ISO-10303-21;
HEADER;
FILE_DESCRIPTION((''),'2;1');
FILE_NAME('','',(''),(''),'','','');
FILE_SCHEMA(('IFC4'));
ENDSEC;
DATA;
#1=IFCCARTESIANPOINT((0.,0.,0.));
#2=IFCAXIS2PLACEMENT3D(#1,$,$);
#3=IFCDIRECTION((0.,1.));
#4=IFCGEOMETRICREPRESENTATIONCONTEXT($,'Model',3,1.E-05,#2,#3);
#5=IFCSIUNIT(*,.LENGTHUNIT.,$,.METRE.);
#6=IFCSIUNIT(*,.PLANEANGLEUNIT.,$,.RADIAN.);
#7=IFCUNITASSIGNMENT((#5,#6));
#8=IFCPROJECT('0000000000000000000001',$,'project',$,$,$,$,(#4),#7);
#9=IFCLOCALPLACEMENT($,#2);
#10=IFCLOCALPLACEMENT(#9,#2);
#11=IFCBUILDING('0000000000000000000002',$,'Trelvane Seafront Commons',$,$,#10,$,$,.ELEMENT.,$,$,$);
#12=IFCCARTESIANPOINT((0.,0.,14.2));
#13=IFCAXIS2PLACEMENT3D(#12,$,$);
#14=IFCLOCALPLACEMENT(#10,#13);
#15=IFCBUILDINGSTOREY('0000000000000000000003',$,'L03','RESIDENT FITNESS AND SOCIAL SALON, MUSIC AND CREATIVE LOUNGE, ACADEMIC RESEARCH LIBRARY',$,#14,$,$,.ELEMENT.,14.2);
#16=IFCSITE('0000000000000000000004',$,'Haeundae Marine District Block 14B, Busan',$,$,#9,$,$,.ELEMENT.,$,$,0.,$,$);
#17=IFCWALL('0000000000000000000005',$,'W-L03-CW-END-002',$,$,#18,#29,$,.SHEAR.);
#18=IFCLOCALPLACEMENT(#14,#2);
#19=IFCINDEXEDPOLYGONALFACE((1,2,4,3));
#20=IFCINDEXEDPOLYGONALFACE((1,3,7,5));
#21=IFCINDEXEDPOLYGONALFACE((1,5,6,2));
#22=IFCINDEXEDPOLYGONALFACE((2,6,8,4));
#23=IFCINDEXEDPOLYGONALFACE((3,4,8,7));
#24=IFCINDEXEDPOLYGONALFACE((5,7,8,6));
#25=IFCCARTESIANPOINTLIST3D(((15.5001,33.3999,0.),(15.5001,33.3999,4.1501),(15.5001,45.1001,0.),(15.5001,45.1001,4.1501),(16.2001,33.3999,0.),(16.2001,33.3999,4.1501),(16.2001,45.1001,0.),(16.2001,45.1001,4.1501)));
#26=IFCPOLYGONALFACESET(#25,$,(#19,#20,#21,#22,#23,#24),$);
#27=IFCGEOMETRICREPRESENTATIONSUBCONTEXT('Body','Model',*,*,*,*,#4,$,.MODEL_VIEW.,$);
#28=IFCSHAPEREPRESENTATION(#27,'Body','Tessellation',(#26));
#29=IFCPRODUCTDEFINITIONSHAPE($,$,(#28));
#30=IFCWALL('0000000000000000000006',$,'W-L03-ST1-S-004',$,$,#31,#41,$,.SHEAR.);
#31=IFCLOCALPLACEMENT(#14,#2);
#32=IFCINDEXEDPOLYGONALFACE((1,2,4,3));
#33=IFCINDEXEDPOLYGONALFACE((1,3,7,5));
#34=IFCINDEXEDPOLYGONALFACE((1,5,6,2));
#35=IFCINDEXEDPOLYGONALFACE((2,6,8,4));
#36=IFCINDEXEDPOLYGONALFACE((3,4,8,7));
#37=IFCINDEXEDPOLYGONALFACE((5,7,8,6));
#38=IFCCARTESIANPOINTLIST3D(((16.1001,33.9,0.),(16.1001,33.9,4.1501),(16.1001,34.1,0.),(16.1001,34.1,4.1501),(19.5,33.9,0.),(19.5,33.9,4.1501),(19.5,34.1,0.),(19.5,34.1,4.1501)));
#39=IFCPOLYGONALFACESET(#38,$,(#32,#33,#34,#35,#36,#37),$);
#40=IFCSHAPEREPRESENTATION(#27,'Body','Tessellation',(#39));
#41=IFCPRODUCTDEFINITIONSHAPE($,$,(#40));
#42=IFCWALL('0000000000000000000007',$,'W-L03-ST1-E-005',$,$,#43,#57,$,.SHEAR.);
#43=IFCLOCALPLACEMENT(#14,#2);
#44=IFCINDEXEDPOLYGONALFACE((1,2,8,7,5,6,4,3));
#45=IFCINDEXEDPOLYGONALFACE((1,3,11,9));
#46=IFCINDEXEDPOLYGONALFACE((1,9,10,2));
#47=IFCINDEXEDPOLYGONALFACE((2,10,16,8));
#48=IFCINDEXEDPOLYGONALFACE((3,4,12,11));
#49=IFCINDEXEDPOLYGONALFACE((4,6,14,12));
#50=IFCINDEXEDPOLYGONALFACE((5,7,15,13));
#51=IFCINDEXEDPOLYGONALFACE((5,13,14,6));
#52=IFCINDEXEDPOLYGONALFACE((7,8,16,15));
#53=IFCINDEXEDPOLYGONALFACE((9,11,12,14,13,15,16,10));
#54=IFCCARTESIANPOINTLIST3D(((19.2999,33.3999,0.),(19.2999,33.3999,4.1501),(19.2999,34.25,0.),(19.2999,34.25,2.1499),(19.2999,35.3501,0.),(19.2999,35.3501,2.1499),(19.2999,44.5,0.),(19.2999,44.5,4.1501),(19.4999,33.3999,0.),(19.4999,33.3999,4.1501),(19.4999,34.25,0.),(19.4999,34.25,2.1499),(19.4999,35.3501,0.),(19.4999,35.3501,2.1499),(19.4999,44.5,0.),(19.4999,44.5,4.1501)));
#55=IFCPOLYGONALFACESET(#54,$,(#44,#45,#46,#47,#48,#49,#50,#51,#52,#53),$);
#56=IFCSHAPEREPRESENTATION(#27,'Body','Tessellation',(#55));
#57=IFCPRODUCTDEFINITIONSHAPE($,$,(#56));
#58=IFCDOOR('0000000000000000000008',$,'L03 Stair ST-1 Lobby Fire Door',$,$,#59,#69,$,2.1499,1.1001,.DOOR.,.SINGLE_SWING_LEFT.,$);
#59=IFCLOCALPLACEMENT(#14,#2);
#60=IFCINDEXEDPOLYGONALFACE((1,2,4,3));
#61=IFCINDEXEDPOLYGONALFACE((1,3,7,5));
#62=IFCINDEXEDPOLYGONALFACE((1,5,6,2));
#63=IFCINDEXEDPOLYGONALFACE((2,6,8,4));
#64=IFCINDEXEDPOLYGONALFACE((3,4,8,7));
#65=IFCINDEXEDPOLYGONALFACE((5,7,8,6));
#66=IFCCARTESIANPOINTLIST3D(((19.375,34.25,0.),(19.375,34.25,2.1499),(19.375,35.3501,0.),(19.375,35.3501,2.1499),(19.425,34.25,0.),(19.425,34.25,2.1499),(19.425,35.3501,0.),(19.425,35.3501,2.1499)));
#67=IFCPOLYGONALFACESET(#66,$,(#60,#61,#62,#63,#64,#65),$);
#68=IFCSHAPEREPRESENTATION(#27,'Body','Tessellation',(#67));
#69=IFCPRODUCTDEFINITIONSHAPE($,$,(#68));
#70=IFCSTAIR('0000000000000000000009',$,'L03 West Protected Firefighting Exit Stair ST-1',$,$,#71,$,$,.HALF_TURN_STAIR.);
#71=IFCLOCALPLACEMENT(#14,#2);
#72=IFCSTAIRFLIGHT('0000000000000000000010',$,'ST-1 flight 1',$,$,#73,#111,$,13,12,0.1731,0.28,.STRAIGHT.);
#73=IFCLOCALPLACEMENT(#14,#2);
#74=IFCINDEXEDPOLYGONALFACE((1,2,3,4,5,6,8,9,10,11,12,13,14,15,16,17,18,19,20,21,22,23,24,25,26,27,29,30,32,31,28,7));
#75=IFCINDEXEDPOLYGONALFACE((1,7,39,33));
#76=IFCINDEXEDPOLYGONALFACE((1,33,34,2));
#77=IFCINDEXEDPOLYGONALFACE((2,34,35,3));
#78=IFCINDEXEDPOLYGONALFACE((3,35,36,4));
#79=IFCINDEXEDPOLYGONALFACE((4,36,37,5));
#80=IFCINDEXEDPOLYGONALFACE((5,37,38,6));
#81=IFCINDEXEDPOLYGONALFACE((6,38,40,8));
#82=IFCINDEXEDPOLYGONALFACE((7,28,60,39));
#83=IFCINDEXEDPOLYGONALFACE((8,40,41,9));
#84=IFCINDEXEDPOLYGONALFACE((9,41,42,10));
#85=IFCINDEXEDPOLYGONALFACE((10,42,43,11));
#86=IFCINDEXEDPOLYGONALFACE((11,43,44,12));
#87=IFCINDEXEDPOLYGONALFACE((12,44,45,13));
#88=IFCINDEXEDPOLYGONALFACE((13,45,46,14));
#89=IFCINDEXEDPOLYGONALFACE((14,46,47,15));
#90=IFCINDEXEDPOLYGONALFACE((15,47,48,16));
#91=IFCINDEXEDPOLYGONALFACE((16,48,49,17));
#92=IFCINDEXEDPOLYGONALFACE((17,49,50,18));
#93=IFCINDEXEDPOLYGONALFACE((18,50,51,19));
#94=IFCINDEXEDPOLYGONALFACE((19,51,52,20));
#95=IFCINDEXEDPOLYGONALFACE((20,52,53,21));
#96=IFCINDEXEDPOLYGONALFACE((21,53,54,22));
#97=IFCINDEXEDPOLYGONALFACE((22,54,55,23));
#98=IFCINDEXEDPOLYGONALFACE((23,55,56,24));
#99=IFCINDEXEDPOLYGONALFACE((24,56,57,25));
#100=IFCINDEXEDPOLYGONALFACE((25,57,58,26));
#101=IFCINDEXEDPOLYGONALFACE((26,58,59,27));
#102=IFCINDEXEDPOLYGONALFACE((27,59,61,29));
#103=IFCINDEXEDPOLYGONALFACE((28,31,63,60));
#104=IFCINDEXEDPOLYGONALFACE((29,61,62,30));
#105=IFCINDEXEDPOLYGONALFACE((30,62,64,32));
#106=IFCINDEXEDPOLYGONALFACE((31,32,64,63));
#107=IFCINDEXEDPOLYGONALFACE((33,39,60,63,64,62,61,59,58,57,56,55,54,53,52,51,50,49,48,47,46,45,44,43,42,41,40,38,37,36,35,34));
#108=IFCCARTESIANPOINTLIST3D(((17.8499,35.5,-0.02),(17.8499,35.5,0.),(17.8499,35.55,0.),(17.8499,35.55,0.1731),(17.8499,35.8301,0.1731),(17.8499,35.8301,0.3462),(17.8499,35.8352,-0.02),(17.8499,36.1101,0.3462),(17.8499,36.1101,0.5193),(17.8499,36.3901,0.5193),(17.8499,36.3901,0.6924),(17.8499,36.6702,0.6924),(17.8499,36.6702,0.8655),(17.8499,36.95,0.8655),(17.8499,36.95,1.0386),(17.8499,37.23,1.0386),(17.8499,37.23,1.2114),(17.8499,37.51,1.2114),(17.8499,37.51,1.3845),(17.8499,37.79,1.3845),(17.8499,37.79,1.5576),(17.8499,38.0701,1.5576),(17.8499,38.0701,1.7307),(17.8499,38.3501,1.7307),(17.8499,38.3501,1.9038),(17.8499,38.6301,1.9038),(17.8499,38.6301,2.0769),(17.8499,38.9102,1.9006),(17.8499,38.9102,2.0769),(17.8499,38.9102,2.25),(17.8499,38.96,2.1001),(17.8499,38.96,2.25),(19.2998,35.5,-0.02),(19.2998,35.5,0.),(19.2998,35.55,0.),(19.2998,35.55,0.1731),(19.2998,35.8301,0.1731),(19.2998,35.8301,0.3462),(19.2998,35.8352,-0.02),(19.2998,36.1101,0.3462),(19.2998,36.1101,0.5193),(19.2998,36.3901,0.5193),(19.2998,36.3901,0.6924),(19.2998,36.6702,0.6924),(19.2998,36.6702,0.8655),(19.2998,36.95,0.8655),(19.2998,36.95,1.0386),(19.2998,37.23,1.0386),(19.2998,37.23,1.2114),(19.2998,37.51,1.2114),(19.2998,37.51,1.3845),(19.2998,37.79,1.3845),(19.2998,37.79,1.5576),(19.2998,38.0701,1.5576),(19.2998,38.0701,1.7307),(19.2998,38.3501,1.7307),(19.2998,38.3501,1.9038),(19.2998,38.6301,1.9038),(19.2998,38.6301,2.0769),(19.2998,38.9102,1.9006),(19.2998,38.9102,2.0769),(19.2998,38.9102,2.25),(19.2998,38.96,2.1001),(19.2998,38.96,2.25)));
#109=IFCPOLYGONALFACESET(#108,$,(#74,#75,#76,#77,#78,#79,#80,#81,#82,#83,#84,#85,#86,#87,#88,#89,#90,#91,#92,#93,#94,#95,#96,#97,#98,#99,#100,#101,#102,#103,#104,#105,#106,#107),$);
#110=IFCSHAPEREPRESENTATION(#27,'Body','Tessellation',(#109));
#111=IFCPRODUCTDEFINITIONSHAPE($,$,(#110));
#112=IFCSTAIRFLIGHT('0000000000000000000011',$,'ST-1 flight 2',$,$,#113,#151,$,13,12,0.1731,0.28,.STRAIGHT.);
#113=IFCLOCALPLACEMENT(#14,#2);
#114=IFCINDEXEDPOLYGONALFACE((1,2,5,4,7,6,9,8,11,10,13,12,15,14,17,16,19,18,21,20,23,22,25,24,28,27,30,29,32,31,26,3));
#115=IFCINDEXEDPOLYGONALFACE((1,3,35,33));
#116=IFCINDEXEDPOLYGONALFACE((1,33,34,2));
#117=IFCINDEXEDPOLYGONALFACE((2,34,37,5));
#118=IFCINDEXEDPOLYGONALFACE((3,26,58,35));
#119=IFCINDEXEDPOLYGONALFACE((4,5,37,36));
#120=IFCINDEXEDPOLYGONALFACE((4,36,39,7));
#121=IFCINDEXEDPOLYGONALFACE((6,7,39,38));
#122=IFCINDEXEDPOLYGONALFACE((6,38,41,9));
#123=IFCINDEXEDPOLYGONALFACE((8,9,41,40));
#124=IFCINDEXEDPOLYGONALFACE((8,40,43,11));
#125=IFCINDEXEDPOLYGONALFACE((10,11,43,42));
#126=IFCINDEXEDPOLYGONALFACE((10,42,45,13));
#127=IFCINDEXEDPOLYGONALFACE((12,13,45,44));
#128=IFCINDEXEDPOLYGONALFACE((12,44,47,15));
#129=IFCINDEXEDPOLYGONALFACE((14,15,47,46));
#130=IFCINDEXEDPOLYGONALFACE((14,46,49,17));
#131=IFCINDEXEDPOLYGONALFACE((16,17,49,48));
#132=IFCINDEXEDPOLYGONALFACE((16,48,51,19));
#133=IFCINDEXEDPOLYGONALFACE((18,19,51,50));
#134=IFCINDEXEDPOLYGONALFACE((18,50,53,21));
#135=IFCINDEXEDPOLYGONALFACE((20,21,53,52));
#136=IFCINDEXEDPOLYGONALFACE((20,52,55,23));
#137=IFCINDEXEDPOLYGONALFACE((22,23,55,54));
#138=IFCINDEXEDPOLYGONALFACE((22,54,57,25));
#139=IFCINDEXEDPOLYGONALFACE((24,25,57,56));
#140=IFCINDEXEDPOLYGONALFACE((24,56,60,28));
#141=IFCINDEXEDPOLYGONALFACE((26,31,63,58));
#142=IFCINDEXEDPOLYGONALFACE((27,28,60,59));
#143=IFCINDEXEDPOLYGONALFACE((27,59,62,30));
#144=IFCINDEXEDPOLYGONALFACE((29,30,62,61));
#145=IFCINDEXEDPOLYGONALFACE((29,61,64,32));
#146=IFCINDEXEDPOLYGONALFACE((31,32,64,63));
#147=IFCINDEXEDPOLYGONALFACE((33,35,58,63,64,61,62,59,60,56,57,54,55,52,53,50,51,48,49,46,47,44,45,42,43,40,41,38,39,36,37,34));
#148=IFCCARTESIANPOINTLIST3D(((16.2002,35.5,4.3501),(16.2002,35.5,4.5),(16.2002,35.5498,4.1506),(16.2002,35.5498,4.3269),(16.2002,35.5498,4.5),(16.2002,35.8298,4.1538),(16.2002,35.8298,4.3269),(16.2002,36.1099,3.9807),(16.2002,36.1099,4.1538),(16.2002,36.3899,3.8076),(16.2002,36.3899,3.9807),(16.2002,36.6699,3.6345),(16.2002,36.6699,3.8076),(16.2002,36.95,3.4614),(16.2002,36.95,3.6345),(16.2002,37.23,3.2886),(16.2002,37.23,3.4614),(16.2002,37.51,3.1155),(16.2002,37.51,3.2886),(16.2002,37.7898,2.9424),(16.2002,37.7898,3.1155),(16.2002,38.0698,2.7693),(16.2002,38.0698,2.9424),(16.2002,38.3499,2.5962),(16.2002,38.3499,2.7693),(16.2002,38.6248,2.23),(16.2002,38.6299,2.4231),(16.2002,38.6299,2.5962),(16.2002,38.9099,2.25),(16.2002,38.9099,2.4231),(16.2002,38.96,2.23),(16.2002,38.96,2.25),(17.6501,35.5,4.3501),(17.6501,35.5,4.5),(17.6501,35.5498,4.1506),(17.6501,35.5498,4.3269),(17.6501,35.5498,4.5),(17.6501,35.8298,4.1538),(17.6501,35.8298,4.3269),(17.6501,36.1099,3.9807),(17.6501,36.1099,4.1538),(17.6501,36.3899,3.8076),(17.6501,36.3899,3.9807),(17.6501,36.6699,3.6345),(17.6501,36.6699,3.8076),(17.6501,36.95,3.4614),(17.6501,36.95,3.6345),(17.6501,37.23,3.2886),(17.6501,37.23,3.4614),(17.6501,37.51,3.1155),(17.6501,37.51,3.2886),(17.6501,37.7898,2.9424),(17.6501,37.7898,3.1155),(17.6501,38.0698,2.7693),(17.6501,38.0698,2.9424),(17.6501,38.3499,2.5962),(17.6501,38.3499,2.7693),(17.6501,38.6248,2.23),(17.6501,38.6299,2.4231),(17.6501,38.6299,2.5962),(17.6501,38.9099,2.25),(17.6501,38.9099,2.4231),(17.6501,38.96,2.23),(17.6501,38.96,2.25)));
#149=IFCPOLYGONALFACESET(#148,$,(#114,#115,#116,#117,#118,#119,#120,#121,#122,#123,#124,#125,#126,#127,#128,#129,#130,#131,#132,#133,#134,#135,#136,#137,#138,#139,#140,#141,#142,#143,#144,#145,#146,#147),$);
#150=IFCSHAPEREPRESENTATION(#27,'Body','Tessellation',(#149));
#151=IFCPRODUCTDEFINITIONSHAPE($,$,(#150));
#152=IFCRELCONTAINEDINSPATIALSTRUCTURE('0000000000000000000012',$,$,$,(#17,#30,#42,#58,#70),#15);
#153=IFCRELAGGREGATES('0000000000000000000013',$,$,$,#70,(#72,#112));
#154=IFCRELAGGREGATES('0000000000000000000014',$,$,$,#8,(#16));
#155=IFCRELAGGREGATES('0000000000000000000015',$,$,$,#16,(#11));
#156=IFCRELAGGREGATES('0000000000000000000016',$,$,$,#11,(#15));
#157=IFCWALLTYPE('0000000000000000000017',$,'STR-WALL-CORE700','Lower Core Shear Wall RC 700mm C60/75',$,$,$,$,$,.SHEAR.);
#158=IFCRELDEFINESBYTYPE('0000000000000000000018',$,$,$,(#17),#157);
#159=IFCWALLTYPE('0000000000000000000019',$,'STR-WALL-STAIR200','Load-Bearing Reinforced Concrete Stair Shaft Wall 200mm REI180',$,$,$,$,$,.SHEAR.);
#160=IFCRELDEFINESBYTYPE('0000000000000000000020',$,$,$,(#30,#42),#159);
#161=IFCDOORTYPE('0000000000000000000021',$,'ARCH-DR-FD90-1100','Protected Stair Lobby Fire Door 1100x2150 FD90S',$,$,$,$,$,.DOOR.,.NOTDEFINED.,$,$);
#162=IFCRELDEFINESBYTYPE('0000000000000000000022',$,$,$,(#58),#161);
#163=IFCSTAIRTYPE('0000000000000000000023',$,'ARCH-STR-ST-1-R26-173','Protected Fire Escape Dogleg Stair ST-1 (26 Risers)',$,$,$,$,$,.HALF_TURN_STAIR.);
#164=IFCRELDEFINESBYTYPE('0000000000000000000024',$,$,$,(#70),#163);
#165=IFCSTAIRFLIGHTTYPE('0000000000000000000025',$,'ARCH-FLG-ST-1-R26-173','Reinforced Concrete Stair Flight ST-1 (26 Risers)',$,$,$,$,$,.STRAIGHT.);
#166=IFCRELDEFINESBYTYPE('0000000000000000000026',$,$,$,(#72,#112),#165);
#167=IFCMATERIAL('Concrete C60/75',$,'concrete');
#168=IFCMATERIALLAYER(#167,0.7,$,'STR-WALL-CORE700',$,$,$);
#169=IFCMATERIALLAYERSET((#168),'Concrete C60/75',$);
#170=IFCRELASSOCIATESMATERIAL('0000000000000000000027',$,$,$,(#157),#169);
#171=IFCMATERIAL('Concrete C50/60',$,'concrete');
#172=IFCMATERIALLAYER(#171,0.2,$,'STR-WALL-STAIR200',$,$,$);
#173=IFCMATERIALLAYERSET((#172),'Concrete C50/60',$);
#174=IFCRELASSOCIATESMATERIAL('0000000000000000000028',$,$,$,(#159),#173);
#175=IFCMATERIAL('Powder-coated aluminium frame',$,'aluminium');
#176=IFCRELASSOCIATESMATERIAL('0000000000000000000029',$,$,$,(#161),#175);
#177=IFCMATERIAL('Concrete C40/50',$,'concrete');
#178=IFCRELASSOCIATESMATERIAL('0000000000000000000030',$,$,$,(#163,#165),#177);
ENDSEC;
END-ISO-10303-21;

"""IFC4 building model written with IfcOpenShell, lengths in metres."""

from ifc_helpers import new_model, si_unit, direction, frame, frame_2d, origin, place, context, subcontext, project, spatial, polyline, rectangle, outline, extrude, source, transform, mapped, material, layer, layer_set, type_object, element, fill, aggregate, save


model = new_model("IFC4")

# Units and contexts
model_context = context("Model", 3, precision=1e-05, world=origin(), true_north=direction((0.0, 1.0)))
body_context = subcontext(model_context, "Body", "Model", "MODEL_VIEW")
ifc_project = project(units=[si_unit("LENGTHUNIT", "METRE"), si_unit("PLANEANGLEUNIT", "RADIAN")], contexts=[model_context])

# Site, building, storey
site_placement = place(None, origin())
site = spatial("IfcSite", under=ifc_project, at=site_placement, Name="Haeundae Marine District Block 14B, Busan", CompositionType="ELEMENT", RefElevation=0.0)
building_placement = place(site_placement, origin())
building = spatial("IfcBuilding", under=site, at=building_placement, Name="Trelvane Seafront Commons", CompositionType="ELEMENT")
storey_placement = place(building_placement, frame((0.0, 0.0, 14.2)))
storey = spatial("IfcBuildingStorey", under=building, at=storey_placement, Name="L03", Description="RESIDENT FITNESS AND SOCIAL SALON, MUSIC AND CREATIVE LOUNGE, ACADEMIC RESEARCH LIBRARY", CompositionType="ELEMENT", Elevation=14.2)

# Shared definitions
ifc_material_1 = material(Name="Concrete C60/75", Category="concrete")
ifc_material_2 = material(Name="Concrete C50/60", Category="concrete")

# Shared definitions
ifc_material_3 = material(Name="Concrete C40/50", Category="concrete")
ifc_material_4 = material(Name="Powder-coated aluminium frame", Category="aluminium")

# Walls
ifc_layer_1 = layer(ifc_material_1, 0.7, Name="STR-WALL-CORE700")
ifc_layer_set_1 = layer_set([ifc_layer_1], Name="Concrete C60/75")
wall_type_1 = type_object("IfcWallType", Name="STR-WALL-CORE700", Description="Lower Core Shear Wall RC 700mm C60/75", PredefinedType="SHEAR", material=ifc_layer_set_1)
wall_1_placement = place(storey_placement, frame((15.8501, 33.3999, 0.0), z_axis=(0.0, 0.0, 1.0), x_axis=(0.0, 1.0, 0.0)))
element("IfcWall", 1, at=wall_1_placement, inside=storey, type_object=wall_type_1, Name="W-L03-CW-END-002", PredefinedType="SHEAR", context=body_context, shape_type="SweptSolid", body=[
    extrude(rectangle(XDim=11.7002, YDim=0.7, at=frame_2d((5.8501, 0.0))), origin(), (0.0, 0.0, 1.0), 4.1501),
])
ifc_layer_2 = layer(ifc_material_2, 0.2, Name="STR-WALL-STAIR200")
ifc_layer_set_2 = layer_set([ifc_layer_2], Name="Concrete C50/60")
wall_type_2 = type_object("IfcWallType", Name="STR-WALL-STAIR200", Description="Load-Bearing Reinforced Concrete Stair Shaft Wall 200mm REI180", PredefinedType="SHEAR", material=ifc_layer_set_2)
wall_2_placement = place(storey_placement, frame((16.1001, 34.0, 0.0), z_axis=(0.0, 0.0, 1.0), x_axis=(1.0, 0.0, 0.0)))
element("IfcWall", 2, at=wall_2_placement, inside=storey, type_object=wall_type_2, Name="W-L03-ST1-S-004", PredefinedType="SHEAR", context=body_context, shape_type="SweptSolid", body=[
    extrude(rectangle(XDim=3.3999, YDim=0.2, at=frame_2d((1.7, 0.0))), origin(), (0.0, 0.0, 1.0), 4.1501),
])

# Wall, opening, door
wall_3_placement = place(storey_placement, frame((19.3999, 33.3999, 0.0), z_axis=(0.0, 0.0, 1.0), x_axis=(0.0, 1.0, 0.0)))
wall_3 = element("IfcWall", 3, at=wall_3_placement, inside=storey, type_object=wall_type_2, Name="W-L03-ST1-E-005", PredefinedType="SHEAR", context=body_context, shape_type="SweptSolid", body=[
    extrude(rectangle(XDim=11.1001, YDim=0.2, at=frame_2d((5.55, 0.0))), origin(), (0.0, 0.0, 1.0), 4.1501),
])
opening_1_placement = place(wall_3_placement, frame((0.8501, 0.0, 0.0)))
opening_1 = element("IfcOpeningElement", 4, at=opening_1_placement, cuts=wall_3, PredefinedType="OPENING", context=body_context, shape_type="SweptSolid", body=[
    extrude(rectangle(XDim=1.1001, YDim=2.1499, at=frame_2d((0.55, 1.075))), frame((0.0, 0.1099, 0.0), z_axis=(0.0, -1.0, 0.0), x_axis=(1.0, 0.0, 0.0)), (0.0, 0.0, 1.0), 0.22),
])
door_type_1 = type_object("IfcDoorType", Name="ARCH-DR-FD90-1100", Description="Protected Stair Lobby Fire Door 1100x2150 FD90S", OperationType="NOTDEFINED", PredefinedType="DOOR", material=ifc_material_4)
shared_shape_1 = source(origin(), body_context, "Body", "SweptSolid", [
    extrude(rectangle(XDim=1.1001, YDim=2.1499, at=frame_2d((0.55, 1.075))), frame((0.0, 0.0249, 0.0), z_axis=(0.0, -1.0, 0.0), x_axis=(1.0, 0.0, 0.0)), (0.0, 0.0, 1.0), 0.05),
])
door_1_placement = place(opening_1_placement, origin())
door_1 = element("IfcDoor", 5, at=door_1_placement, inside=storey, type_object=door_type_1, Name="L03 Stair ST-1 Lobby Fire Door", OperationType="SINGLE_SWING_LEFT", OverallHeight=2.1499, OverallWidth=1.1001, PredefinedType="DOOR", context=body_context, shape_type="MappedRepresentation", body=[
    mapped(shared_shape_1, transform((0.0, 0.0, 0.0), x_axis=(1.0, 0.0, 0.0), y_axis=(0.0, 1.0, 0.0), z_axis=(0.0, 0.0, 1.0), scale=1.0)),
])
fill(opening_1, door_1)

# Stair, stair flights
stair_type = type_object("IfcStairType", Name="ARCH-STR-ST-1-R26-173", Description="Protected Fire Escape Dogleg Stair ST-1 (26 Risers)", PredefinedType="HALF_TURN_STAIR", material=ifc_material_3)
stair_placement = place(storey_placement, origin())
stair = element("IfcStair", 6, at=stair_placement, inside=storey, type_object=stair_type, Name="L03 West Protected Firefighting Exit Stair ST-1", PredefinedType="HALF_TURN_STAIR")
stair_flight_type = type_object("IfcStairFlightType", Name="ARCH-FLG-ST-1-R26-173", Description="Reinforced Concrete Stair Flight ST-1 (26 Risers)", PredefinedType="STRAIGHT", material=ifc_material_3)
shared_shape_2 = source(origin(), body_context, "Body", "SweptSolid", [
    extrude(outline(polyline([(-0.05, -0.02), (-0.05, 0.0), (0.0, 0.0), (0.0, 0.1731), (0.28, 0.1731), (0.28, 0.3462), (0.5601, 0.3462), (0.5601, 0.5193), (0.8401, 0.5193), (0.8401, 0.6924), (1.1201, 0.6924), (1.1201, 0.8655), (1.3999, 0.8655), (1.3999, 1.0386), (1.6799, 1.0386), (1.6799, 1.2114), (1.96, 1.2114), (1.96, 1.3845), (2.24, 1.3845), (2.24, 1.5576), (2.52, 1.5576), (2.52, 1.7307), (2.8, 1.7307), (2.8, 1.9038), (3.0801, 1.9038), (3.0801, 2.0769), (3.3601, 2.0769), (3.3601, 2.25), (3.4099, 2.25), (3.4099, 2.1001), (3.3601, 1.9006), (0.2852, -0.02), (-0.05, -0.02)])), frame((0.0, 0.7251, 0.0), z_axis=(0.0, -1.0, 0.0), x_axis=(1.0, 0.0, 0.0)), (0.0, 0.0, 1.0), 1.45),
])
stair_flight_1_placement = place(storey_placement, frame((18.575, 35.55, 0.0), z_axis=(0.0, 0.0, 1.0), x_axis=(0.0, 1.0, 0.0)))
stair_flight_1 = element("IfcStairFlight", 7, at=stair_flight_1_placement, type_object=stair_flight_type, Name="ST-1 flight 1", NumberOfRisers=13, NumberOfTreads=12, PredefinedType="STRAIGHT", RiserHeight=0.1731, TreadLength=0.28, context=body_context, shape_type="MappedRepresentation", body=[
    mapped(shared_shape_2, transform((0.0, 0.0, 0.0), x_axis=(1.0, 0.0, 0.0), y_axis=(0.0, 1.0, 0.0), z_axis=(0.0, 0.0, 1.0), scale=1.0)),
])
stair_flight_2_placement = place(storey_placement, frame((16.925, 38.9099, 2.25), z_axis=(0.0, 0.0, 1.0), x_axis=(0.0, -1.0, 0.0)))
stair_flight_2 = element("IfcStairFlight", 8, at=stair_flight_2_placement, type_object=stair_flight_type, Name="ST-1 flight 2", NumberOfRisers=13, NumberOfTreads=12, PredefinedType="STRAIGHT", RiserHeight=0.1731, TreadLength=0.28, context=body_context, shape_type="MappedRepresentation", body=[
    mapped(shared_shape_2, transform((0.0, 0.0, 0.0), x_axis=(1.0, 0.0, 0.0), y_axis=(0.0, 1.0, 0.0), z_axis=(0.0, 0.0, 1.0), scale=1.0)),
])
aggregate(stair, [stair_flight_1, stair_flight_2])

save(model, "model.ifc")
